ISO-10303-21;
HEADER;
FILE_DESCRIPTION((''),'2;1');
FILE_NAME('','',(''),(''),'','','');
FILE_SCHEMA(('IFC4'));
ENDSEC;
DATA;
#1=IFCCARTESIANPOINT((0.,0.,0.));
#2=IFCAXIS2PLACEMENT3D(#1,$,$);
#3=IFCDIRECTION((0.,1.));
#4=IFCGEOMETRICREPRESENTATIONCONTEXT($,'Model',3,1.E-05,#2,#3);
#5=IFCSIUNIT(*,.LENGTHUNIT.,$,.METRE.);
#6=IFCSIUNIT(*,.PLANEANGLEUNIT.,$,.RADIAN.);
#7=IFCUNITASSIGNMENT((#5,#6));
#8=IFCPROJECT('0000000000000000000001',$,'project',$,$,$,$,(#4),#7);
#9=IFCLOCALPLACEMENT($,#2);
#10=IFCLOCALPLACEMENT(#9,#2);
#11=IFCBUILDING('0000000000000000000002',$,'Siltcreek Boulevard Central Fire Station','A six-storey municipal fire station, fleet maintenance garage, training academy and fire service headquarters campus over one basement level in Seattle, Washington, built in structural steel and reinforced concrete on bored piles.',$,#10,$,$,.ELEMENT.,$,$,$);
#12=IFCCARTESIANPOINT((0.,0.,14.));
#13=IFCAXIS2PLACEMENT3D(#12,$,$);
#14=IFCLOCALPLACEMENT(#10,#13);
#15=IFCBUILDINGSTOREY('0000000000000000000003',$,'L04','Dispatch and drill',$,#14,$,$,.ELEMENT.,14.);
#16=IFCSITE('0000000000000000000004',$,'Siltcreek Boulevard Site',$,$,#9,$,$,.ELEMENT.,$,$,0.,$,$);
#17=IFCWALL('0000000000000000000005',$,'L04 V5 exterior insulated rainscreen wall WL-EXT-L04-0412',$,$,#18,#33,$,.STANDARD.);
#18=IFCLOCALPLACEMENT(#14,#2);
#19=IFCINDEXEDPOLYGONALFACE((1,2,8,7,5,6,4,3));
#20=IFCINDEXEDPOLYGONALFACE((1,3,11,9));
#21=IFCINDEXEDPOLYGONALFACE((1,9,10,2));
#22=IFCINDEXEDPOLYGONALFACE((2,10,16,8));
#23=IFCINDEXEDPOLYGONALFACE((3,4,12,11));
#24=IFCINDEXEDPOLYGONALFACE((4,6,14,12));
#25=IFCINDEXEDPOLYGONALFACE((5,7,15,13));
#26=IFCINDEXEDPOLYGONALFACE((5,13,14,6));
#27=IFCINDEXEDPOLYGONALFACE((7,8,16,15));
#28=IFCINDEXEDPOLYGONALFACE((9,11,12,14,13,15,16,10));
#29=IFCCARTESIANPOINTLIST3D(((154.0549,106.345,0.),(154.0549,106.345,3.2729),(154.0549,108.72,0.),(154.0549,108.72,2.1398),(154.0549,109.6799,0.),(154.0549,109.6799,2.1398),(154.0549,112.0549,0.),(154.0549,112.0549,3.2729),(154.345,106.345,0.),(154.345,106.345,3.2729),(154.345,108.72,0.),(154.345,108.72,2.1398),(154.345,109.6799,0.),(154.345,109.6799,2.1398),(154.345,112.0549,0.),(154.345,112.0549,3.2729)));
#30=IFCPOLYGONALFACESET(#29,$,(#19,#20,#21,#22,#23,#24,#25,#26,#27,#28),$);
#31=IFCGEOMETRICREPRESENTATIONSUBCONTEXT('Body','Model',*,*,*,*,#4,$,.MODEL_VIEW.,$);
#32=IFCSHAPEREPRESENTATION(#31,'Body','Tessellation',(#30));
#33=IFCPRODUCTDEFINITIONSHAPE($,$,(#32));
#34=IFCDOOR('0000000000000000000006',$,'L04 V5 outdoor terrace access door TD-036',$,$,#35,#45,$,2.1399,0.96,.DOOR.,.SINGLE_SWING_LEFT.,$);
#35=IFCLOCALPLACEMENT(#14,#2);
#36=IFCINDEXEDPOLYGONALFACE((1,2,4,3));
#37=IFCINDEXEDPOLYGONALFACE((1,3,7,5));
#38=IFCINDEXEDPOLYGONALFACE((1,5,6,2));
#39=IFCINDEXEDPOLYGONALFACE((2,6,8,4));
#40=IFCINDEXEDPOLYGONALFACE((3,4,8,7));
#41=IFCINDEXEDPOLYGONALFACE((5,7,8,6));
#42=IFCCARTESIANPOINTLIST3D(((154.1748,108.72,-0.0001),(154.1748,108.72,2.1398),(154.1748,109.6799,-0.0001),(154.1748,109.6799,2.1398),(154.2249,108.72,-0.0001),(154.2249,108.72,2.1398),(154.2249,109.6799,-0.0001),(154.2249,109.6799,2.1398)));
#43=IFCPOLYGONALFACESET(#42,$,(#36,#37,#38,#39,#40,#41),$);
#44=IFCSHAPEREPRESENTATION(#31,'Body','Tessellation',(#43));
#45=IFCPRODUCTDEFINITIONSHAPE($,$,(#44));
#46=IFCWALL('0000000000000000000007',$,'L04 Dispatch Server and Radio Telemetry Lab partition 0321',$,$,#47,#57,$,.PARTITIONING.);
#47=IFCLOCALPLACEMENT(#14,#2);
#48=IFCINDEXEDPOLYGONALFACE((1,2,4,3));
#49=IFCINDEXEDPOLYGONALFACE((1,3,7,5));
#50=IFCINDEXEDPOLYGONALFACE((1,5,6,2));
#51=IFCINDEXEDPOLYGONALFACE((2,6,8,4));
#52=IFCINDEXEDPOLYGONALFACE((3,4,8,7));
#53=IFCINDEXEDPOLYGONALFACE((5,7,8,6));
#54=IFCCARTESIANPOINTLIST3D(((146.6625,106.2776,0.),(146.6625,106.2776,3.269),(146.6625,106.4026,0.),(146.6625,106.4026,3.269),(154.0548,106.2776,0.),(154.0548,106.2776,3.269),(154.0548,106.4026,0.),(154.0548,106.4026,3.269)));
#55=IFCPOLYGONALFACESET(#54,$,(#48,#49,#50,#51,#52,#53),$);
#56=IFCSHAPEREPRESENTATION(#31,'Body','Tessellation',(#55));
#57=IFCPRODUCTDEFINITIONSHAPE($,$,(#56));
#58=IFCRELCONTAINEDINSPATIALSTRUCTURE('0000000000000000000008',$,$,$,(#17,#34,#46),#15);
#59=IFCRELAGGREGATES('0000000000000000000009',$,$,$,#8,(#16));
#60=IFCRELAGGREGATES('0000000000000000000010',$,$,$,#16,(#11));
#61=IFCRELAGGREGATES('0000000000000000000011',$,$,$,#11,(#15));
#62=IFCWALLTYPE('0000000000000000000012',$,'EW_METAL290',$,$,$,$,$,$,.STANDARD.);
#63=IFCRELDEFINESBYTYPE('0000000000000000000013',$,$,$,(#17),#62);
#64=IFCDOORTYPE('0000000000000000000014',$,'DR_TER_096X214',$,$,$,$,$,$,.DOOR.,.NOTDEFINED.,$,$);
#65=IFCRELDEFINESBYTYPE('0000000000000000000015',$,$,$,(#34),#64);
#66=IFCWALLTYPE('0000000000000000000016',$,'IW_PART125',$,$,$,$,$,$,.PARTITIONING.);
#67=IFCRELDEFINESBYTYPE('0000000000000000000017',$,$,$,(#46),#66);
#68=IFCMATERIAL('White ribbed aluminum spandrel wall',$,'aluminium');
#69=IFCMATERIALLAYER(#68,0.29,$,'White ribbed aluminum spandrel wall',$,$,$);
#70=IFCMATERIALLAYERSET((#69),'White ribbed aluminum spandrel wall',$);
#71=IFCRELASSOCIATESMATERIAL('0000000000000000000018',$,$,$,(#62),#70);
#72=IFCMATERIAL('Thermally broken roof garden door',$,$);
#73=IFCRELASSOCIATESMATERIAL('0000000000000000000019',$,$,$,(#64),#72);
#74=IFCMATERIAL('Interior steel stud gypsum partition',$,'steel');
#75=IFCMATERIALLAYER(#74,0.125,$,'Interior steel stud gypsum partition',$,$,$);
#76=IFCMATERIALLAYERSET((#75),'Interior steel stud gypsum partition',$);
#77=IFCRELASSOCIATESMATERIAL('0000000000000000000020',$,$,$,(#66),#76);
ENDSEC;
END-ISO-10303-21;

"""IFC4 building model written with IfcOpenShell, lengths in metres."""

from ifc_helpers import new_model, si_unit, direction, frame, frame_2d, origin, place, context, subcontext, project, spatial, rectangle, extrude, material, layer, layer_set, type_object, element, fill, save


model = new_model("IFC4")

# Units and contexts
model_context = context("Model", 3, precision=1e-05, world=origin(), true_north=direction((0.0, 1.0)))
body_context = subcontext(model_context, "Body", "Model", "MODEL_VIEW")
ifc_project = project(units=[si_unit("LENGTHUNIT", "METRE"), si_unit("PLANEANGLEUNIT", "RADIAN")], contexts=[model_context])

# Site, building, storey
site_placement = place(None, origin())
site = spatial("IfcSite", under=ifc_project, at=site_placement, Name="Siltcreek Boulevard Site", CompositionType="ELEMENT", RefElevation=0.0)
building_placement = place(site_placement, origin())
building = spatial("IfcBuilding", under=site, at=building_placement, Name="Siltcreek Boulevard Central Fire Station", Description="A six-storey municipal fire station, fleet maintenance garage, training academy and fire service headquarters campus over one basement level in Seattle, Washington, built in structural steel and reinforced concrete on bored piles.", CompositionType="ELEMENT")
storey_placement = place(building_placement, frame((0.0, 0.0, 14.0)))
storey = spatial("IfcBuildingStorey", under=building, at=storey_placement, Name="L04", Description="Dispatch and drill", CompositionType="ELEMENT", Elevation=14.0)

# Shared definitions
ifc_material_1 = material(Name="White ribbed aluminum spandrel wall", Category="aluminium")
ifc_layer_1 = layer(ifc_material_1, 0.29, Name="White ribbed aluminum spandrel wall")
ifc_layer_set_1 = layer_set([ifc_layer_1], Name="White ribbed aluminum spandrel wall")
wall_type_1 = type_object("IfcWallType", Name="EW_METAL290", PredefinedType="STANDARD", material=ifc_layer_set_1)

# Wall, opening, door
wall_1_placement = place(storey_placement, frame((154.2, 106.345, 0.0), z_axis=(0.0, 0.0, 1.0), x_axis=(0.0, 1.0, 0.0)))
wall_1 = element("IfcWall", 1, at=wall_1_placement, inside=storey, type_object=wall_type_1, Name="L04 V5 exterior insulated rainscreen wall WL-EXT-L04-0412", PredefinedType="STANDARD", context=body_context, shape_type="SweptSolid", body=[
    extrude(rectangle(XDim=5.71, YDim=0.29, at=frame_2d((2.855, 0.0))), origin(), (0.0, 0.0, 1.0), 3.2729),
])
opening_placement = place(wall_1_placement, frame((2.375, 0.0, 0.0)))
opening = element("IfcOpeningElement", 2, at=opening_placement, cuts=wall_1, PredefinedType="OPENING", context=body_context, shape_type="SweptSolid", body=[
    extrude(rectangle(XDim=0.96, YDim=2.1399, at=frame_2d((0.48, 1.0698))), frame((0.0, 0.155, 0.0), z_axis=(0.0, -1.0, 0.0), x_axis=(1.0, 0.0, 0.0)), (0.0, 0.0, 1.0), 0.3101),
])
ifc_material_2 = material(Name="Thermally broken roof garden door")
door_type = type_object("IfcDoorType", Name="DR_TER_096X214", OperationType="NOTDEFINED", PredefinedType="DOOR", material=ifc_material_2)
door_placement = place(opening_placement, frame((0.96, 0.0, 0.0), z_axis=(0.0, 0.0, 1.0), x_axis=(-1.0, 0.0, 0.0)))
door = element("IfcDoor", 3, at=door_placement, inside=storey, type_object=door_type, Name="L04 V5 outdoor terrace access door TD-036", OperationType="SINGLE_SWING_LEFT", OverallHeight=2.1399, OverallWidth=0.96, PredefinedType="DOOR", context=body_context, shape_type="SweptSolid", body=[
    extrude(rectangle(XDim=0.96, YDim=2.1399, at=frame_2d((0.48, 1.0698))), frame((0.0, 0.0249, 0.0), z_axis=(0.0, -1.0, 0.0), x_axis=(1.0, 0.0, 0.0)), (0.0, 0.0, 1.0), 0.05),
])
fill(opening, door)

# Wall
ifc_material_3 = material(Name="Interior steel stud gypsum partition", Category="steel")
ifc_layer_2 = layer(ifc_material_3, 0.125, Name="Interior steel stud gypsum partition")
ifc_layer_set_2 = layer_set([ifc_layer_2], Name="Interior steel stud gypsum partition")
wall_type_2 = type_object("IfcWallType", Name="IW_PART125", PredefinedType="PARTITIONING", material=ifc_layer_set_2)
wall_2_placement = place(storey_placement, frame((154.0549, 106.3401, 0.0), z_axis=(0.0, 0.0, 1.0), x_axis=(-1.0, 0.0, 0.0)))
element("IfcWall", 4, at=wall_2_placement, inside=storey, type_object=wall_type_2, Name="L04 Dispatch Server and Radio Telemetry Lab partition 0321", PredefinedType="PARTITIONING", context=body_context, shape_type="SweptSolid", body=[
    extrude(rectangle(XDim=7.3923, YDim=0.125, at=frame_2d((3.6963, 0.0))), origin(), (0.0, 0.0, 1.0), 3.269),
])

save(model, "model.ifc")
